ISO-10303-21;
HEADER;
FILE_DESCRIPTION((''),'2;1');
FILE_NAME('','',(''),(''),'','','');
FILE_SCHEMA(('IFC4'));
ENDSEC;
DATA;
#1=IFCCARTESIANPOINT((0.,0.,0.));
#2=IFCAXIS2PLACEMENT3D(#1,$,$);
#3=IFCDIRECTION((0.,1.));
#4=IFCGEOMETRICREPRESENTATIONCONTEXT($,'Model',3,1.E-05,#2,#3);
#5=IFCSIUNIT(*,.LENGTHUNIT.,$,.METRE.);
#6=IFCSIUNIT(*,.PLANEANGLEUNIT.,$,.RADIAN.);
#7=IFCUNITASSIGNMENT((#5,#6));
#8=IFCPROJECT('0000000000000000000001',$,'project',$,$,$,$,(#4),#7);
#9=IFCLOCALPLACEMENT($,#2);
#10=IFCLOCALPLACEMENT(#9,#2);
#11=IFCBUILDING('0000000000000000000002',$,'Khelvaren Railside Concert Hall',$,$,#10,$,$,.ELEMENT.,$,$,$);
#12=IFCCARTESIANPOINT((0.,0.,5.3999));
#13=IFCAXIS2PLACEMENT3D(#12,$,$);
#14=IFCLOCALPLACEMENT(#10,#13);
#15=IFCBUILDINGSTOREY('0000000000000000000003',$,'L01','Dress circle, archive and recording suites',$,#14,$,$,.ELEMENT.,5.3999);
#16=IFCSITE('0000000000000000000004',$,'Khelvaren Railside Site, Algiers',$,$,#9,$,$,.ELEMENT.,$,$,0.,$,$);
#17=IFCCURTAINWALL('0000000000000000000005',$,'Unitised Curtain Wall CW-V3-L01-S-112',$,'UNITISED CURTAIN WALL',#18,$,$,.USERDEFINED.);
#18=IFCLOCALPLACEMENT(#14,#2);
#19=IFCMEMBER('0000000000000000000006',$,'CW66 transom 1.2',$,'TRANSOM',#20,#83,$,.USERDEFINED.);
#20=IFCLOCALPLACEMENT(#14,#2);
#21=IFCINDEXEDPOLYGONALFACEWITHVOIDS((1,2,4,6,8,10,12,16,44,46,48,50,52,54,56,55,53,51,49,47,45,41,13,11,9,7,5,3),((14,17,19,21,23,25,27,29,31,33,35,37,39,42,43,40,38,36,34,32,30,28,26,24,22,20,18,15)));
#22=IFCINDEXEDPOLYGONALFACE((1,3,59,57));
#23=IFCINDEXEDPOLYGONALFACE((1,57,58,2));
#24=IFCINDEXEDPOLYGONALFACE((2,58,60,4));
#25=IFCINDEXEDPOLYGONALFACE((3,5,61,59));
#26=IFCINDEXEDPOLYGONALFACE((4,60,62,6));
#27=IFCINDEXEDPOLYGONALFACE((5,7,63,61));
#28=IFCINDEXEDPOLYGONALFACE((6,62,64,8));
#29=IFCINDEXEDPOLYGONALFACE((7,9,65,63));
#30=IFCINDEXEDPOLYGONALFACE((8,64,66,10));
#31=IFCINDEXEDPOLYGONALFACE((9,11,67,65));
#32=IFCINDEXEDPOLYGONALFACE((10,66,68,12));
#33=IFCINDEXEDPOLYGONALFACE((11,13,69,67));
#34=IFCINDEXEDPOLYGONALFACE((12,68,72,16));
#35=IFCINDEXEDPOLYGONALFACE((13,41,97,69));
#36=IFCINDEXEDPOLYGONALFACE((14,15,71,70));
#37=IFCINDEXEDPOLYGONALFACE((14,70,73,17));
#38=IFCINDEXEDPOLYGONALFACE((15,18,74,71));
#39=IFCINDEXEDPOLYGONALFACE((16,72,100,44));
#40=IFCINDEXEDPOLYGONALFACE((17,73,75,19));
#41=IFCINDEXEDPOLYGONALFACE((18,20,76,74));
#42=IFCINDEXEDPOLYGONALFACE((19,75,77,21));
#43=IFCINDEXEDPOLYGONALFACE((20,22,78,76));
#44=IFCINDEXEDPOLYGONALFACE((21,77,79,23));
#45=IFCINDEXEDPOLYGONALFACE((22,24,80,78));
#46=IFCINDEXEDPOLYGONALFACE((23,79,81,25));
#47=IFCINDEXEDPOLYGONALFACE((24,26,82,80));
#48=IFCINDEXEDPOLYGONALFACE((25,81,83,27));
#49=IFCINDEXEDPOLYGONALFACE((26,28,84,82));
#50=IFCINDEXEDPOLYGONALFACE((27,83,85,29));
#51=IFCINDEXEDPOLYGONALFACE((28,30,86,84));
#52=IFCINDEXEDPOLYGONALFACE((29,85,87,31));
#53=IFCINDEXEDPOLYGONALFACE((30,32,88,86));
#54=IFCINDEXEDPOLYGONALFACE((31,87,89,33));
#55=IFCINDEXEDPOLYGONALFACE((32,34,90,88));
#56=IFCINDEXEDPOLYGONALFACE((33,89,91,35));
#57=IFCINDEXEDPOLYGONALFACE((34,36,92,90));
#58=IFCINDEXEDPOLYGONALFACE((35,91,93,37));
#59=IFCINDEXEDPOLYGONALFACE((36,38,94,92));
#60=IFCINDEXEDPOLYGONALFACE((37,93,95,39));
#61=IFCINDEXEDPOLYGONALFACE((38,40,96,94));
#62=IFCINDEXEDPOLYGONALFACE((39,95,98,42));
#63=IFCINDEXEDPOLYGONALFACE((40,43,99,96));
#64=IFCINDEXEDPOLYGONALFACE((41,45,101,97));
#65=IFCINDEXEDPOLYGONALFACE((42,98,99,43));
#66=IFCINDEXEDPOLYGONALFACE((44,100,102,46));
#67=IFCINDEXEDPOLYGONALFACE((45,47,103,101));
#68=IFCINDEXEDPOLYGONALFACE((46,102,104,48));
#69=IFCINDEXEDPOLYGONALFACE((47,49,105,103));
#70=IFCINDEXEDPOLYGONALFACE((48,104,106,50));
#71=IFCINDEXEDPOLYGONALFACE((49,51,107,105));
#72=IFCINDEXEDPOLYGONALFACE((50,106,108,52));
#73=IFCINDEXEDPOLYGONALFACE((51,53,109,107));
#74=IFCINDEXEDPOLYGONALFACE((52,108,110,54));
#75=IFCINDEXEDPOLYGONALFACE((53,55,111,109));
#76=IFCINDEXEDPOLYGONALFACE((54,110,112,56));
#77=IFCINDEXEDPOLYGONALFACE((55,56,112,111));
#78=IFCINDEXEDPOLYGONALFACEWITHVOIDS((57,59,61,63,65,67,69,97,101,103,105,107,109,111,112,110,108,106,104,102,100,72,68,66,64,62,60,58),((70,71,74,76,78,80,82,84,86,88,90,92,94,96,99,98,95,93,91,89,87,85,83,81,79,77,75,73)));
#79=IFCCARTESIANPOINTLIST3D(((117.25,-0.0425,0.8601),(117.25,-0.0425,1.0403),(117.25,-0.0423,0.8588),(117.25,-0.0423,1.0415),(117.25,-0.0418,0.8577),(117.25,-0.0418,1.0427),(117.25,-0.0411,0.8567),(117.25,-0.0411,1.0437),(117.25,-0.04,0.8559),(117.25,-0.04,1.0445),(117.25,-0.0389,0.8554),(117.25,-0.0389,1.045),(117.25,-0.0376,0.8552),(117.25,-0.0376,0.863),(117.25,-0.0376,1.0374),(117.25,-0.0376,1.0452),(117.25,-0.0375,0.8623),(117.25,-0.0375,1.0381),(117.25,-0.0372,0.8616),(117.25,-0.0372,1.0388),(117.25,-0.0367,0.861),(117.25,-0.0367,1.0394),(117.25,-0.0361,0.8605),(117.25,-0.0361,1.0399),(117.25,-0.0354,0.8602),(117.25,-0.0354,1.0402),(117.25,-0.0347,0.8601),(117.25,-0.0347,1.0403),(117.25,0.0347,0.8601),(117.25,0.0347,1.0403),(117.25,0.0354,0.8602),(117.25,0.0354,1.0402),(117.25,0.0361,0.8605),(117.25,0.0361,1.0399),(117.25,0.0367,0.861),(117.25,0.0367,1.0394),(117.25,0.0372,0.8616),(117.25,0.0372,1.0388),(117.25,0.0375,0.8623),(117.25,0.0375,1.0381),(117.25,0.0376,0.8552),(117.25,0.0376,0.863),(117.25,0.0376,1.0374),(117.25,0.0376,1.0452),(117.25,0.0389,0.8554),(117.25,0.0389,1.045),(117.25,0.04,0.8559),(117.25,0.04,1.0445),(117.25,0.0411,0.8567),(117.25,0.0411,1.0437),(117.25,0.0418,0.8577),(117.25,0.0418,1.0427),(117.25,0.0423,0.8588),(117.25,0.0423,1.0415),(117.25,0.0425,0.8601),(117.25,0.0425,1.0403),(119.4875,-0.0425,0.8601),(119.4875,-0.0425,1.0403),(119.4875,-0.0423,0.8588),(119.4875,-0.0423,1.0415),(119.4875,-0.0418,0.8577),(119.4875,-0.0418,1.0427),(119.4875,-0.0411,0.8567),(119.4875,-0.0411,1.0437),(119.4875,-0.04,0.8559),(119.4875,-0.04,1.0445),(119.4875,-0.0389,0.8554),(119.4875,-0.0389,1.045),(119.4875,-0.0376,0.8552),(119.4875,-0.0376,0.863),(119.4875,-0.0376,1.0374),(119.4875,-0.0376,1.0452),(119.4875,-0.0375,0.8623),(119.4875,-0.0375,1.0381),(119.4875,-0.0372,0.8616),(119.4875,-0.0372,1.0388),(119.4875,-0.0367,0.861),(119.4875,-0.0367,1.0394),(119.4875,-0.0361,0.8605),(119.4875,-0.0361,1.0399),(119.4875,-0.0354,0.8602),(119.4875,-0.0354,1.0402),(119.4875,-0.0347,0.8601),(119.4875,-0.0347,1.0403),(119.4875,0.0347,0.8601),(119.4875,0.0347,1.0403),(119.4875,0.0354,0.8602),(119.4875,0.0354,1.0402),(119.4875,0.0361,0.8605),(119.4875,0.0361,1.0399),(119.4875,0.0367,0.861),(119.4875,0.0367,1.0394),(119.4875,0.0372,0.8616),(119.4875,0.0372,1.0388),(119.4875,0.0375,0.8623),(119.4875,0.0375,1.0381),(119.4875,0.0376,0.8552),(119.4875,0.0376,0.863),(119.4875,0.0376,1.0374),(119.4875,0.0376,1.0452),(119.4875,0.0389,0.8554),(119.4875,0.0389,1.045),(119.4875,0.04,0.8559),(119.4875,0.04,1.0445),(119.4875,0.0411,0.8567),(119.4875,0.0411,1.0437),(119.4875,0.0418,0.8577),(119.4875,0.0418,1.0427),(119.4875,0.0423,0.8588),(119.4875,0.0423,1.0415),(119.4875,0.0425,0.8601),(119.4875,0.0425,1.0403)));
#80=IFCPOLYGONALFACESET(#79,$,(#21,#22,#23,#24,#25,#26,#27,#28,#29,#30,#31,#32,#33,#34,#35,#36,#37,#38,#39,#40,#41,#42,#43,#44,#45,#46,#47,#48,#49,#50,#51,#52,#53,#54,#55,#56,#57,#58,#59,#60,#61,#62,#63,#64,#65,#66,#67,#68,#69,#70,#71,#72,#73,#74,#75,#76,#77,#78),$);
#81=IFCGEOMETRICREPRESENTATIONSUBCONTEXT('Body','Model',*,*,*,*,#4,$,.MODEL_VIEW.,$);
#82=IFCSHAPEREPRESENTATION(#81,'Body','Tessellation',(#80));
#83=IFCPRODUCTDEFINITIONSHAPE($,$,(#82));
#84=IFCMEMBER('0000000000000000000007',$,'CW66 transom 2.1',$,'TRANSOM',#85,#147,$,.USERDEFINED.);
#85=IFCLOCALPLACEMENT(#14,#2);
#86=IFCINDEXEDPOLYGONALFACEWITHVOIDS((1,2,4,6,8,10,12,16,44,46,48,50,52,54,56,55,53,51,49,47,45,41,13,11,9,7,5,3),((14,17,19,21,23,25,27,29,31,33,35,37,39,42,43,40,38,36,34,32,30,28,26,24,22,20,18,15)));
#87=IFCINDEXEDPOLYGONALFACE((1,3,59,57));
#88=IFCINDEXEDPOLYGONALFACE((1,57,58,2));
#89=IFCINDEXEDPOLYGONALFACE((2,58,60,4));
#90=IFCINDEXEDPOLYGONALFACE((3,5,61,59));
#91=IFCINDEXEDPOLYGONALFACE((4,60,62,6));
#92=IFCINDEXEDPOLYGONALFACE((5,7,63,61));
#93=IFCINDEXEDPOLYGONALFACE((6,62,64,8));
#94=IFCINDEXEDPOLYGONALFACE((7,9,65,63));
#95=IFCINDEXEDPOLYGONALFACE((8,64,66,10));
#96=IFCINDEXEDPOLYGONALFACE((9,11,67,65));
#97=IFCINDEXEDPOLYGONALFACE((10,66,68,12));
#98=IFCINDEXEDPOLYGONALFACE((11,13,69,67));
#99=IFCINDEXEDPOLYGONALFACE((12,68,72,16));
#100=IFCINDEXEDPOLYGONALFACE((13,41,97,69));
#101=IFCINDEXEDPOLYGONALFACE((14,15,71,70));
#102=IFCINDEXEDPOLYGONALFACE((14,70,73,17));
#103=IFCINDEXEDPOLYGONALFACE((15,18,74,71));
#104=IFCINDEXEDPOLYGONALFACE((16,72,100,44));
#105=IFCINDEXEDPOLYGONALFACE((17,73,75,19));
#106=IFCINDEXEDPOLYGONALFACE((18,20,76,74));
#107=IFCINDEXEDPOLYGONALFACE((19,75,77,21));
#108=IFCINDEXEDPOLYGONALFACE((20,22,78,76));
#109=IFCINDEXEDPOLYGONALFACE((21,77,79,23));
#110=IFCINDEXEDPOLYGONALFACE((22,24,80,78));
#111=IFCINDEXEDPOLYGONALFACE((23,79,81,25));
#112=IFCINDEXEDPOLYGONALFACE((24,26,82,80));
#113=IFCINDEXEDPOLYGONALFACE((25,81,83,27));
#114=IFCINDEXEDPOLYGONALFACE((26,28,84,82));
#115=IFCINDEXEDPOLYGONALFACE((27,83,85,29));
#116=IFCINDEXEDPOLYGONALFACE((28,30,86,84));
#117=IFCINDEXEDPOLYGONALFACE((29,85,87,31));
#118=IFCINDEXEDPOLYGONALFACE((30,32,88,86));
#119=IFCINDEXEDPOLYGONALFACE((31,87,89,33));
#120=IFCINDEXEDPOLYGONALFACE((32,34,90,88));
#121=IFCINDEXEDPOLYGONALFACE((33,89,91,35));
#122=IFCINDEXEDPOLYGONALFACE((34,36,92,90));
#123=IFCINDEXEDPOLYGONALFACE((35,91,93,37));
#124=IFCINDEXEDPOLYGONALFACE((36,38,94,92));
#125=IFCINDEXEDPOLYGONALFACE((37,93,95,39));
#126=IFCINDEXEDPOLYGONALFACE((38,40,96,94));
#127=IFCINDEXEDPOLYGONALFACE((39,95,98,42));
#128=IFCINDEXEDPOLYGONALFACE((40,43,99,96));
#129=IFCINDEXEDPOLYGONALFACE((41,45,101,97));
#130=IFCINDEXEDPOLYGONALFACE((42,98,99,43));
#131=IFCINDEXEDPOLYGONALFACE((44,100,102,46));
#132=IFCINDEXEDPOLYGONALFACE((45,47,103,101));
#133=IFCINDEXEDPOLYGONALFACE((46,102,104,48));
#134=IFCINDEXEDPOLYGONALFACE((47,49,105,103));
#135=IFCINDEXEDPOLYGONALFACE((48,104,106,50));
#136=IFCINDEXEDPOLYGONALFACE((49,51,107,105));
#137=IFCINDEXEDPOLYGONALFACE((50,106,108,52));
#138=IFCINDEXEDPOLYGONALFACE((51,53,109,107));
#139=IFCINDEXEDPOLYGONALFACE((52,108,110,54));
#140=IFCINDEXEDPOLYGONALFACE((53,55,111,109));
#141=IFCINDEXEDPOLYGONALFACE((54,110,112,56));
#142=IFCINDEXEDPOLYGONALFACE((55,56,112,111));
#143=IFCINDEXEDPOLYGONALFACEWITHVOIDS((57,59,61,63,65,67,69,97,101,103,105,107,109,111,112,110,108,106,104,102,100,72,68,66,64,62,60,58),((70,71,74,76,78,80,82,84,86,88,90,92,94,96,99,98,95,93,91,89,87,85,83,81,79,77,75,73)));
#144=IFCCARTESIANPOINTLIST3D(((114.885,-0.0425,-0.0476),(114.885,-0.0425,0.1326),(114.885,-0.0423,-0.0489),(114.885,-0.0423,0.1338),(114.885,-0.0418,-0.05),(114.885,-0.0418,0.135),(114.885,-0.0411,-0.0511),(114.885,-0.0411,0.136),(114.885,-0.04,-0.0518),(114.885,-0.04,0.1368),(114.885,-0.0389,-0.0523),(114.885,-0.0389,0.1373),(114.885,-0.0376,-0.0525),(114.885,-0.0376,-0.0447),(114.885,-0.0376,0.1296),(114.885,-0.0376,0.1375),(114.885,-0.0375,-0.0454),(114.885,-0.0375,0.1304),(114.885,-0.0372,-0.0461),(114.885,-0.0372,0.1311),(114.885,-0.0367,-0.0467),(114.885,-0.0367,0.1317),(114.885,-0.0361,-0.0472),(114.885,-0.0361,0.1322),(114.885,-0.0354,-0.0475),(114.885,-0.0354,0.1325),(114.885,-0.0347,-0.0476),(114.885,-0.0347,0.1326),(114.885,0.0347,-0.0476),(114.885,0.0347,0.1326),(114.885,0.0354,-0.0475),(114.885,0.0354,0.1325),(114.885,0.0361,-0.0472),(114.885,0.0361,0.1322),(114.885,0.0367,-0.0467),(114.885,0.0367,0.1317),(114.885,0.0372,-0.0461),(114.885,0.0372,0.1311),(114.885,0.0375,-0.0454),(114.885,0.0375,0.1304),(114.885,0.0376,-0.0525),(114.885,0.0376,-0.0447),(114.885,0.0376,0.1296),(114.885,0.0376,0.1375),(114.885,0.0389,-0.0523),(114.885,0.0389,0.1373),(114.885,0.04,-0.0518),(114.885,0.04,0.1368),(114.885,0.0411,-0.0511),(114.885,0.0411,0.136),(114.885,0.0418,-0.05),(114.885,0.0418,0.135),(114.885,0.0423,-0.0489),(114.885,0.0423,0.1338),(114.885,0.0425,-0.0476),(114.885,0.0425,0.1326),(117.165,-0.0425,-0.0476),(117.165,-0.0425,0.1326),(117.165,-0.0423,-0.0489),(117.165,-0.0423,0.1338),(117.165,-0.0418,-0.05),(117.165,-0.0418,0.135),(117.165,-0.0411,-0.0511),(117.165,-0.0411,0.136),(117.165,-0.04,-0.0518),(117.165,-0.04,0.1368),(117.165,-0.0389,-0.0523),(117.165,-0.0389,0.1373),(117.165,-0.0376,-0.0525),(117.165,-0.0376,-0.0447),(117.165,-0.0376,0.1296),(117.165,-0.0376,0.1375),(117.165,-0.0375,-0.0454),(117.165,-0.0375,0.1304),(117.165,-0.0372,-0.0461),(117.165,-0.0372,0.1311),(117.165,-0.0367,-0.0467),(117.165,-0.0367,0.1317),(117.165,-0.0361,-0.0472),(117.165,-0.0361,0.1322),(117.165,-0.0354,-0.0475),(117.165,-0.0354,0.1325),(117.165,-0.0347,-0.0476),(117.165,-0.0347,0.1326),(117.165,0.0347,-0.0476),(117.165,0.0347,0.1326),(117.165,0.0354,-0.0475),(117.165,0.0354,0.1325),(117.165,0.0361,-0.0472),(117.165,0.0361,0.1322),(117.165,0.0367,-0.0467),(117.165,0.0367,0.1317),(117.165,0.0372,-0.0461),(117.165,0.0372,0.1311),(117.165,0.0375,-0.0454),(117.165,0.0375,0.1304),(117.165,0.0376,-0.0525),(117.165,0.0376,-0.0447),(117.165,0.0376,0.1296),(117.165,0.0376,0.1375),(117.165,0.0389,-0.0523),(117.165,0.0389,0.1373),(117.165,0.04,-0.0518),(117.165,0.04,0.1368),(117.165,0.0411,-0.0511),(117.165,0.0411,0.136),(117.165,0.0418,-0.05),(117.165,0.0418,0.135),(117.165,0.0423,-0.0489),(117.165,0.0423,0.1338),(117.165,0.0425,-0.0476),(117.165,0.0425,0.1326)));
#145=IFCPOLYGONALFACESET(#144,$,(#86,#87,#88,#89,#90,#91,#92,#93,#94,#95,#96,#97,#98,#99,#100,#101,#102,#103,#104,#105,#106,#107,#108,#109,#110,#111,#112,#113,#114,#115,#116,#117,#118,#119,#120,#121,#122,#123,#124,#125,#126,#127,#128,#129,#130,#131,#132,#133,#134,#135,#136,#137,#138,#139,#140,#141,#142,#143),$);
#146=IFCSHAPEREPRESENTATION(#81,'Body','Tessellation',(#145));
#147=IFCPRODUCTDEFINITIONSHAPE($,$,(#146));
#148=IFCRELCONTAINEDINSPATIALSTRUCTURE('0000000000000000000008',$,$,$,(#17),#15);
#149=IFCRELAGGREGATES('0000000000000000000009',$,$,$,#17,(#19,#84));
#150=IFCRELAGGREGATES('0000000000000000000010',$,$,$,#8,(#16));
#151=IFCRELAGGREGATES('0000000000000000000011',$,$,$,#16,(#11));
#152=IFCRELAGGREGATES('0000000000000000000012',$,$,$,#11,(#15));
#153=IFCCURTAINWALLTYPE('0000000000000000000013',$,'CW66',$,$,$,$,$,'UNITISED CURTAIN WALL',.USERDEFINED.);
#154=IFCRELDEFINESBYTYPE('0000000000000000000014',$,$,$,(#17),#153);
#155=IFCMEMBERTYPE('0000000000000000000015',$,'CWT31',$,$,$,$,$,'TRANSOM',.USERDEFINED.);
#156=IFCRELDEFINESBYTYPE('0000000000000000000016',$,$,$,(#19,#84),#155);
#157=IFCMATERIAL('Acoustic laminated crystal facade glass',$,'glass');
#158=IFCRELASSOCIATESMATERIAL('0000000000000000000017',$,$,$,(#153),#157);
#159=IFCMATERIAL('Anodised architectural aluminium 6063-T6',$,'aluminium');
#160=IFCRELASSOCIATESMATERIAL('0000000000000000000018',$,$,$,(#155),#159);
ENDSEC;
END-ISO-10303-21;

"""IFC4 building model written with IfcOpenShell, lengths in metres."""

from ifc_helpers import new_model, si_unit, direction, frame, origin, origin_2d, place, context, subcontext, project, spatial, hollow_rectangle, extrude, material, material_profile, profile_set, type_object, element, aggregate, save


model = new_model("IFC4")

# Units and contexts
model_context = context("Model", 3, precision=1e-05, world=origin(), true_north=direction((0.0, 1.0)))
body_context = subcontext(model_context, "Body", "Model", "MODEL_VIEW")
ifc_project = project(units=[si_unit("LENGTHUNIT", "METRE"), si_unit("PLANEANGLEUNIT", "RADIAN")], contexts=[model_context])

# Site, building, storey
site_placement = place(None, origin())
site = spatial("IfcSite", under=ifc_project, at=site_placement, Name="Khelvaren Railside Site, Algiers", CompositionType="ELEMENT", RefElevation=0.0)
building_placement = place(site_placement, origin())
building = spatial("IfcBuilding", under=site, at=building_placement, Name="Khelvaren Railside Concert Hall", CompositionType="ELEMENT")
storey_placement = place(building_placement, frame((0.0, 0.0, 5.3999)))
storey = spatial("IfcBuildingStorey", under=building, at=storey_placement, Name="L01", Description="Dress circle, archive and recording suites", CompositionType="ELEMENT", Elevation=5.3999)

# Curtain wall, members
ifc_material_1 = material(Name="Acoustic laminated crystal facade glass", Category="glass")
curtain_wall_type = type_object("IfcCurtainWallType", Name="CW66", ElementType="UNITISED CURTAIN WALL", PredefinedType="USERDEFINED", material=ifc_material_1)
curtain_wall_placement = place(storey_placement, origin())
curtain_wall = element("IfcCurtainWall", 1, at=curtain_wall_placement, inside=storey, type_object=curtain_wall_type, Name="Unitised Curtain Wall CW-V3-L01-S-112", ObjectType="UNITISED CURTAIN WALL", PredefinedType="USERDEFINED")
ifc_material_2 = material(Name="Anodised architectural aluminium 6063-T6", Category="aluminium")
ifc_material_profile_1 = material_profile(ifc_material_2, hollow_rectangle(XDim=0.085, YDim=0.1899, WallThickness=0.0049, InnerFilletRadius=0.0029, OuterFilletRadius=0.0049, at=origin_2d()), Name="CWT 85x190x5")
ifc_profile_set_1 = profile_set([ifc_material_profile_1], Name="Anodised architectural aluminium 6063-T6")
member_type_1 = type_object("IfcMemberType", Name="CWT31", ElementType="TRANSOM", PredefinedType="USERDEFINED", material=ifc_profile_set_1)
member_1_placement = place(storey_placement, frame((119.4875, 0.0, 0.9502), z_axis=(-1.0, 0.0, 0.0), x_axis=(0.0, -1.0, 0.0)))
member_1 = element("IfcMember", 2, at=member_1_placement, type_object=member_type_1, Name="CW66 transom 1.2", ObjectType="TRANSOM", PredefinedType="USERDEFINED", context=body_context, shape_type="SweptSolid", body=[
    extrude(hollow_rectangle(XDim=0.085, YDim=0.1899, WallThickness=0.0049, InnerFilletRadius=0.0029, OuterFilletRadius=0.0049, at=origin_2d()), origin(), (0.0, 0.0, 1.0), 2.2375),
])
member_2_placement = place(storey_placement, frame((117.165, 0.0, 0.0425), z_axis=(-1.0, 0.0, 0.0), x_axis=(0.0, -1.0, 0.0)))
member_2 = element("IfcMember", 3, at=member_2_placement, type_object=member_type_1, Name="CW66 transom 2.1", ObjectType="TRANSOM", PredefinedType="USERDEFINED", context=body_context, shape_type="SweptSolid", body=[
    extrude(hollow_rectangle(XDim=0.085, YDim=0.1899, WallThickness=0.0049, InnerFilletRadius=0.0029, OuterFilletRadius=0.0049, at=origin_2d()), origin(), (0.0, 0.0, 1.0), 2.28),
])

aggregate(curtain_wall, [member_1, member_2])

save(model, "model.ifc")
